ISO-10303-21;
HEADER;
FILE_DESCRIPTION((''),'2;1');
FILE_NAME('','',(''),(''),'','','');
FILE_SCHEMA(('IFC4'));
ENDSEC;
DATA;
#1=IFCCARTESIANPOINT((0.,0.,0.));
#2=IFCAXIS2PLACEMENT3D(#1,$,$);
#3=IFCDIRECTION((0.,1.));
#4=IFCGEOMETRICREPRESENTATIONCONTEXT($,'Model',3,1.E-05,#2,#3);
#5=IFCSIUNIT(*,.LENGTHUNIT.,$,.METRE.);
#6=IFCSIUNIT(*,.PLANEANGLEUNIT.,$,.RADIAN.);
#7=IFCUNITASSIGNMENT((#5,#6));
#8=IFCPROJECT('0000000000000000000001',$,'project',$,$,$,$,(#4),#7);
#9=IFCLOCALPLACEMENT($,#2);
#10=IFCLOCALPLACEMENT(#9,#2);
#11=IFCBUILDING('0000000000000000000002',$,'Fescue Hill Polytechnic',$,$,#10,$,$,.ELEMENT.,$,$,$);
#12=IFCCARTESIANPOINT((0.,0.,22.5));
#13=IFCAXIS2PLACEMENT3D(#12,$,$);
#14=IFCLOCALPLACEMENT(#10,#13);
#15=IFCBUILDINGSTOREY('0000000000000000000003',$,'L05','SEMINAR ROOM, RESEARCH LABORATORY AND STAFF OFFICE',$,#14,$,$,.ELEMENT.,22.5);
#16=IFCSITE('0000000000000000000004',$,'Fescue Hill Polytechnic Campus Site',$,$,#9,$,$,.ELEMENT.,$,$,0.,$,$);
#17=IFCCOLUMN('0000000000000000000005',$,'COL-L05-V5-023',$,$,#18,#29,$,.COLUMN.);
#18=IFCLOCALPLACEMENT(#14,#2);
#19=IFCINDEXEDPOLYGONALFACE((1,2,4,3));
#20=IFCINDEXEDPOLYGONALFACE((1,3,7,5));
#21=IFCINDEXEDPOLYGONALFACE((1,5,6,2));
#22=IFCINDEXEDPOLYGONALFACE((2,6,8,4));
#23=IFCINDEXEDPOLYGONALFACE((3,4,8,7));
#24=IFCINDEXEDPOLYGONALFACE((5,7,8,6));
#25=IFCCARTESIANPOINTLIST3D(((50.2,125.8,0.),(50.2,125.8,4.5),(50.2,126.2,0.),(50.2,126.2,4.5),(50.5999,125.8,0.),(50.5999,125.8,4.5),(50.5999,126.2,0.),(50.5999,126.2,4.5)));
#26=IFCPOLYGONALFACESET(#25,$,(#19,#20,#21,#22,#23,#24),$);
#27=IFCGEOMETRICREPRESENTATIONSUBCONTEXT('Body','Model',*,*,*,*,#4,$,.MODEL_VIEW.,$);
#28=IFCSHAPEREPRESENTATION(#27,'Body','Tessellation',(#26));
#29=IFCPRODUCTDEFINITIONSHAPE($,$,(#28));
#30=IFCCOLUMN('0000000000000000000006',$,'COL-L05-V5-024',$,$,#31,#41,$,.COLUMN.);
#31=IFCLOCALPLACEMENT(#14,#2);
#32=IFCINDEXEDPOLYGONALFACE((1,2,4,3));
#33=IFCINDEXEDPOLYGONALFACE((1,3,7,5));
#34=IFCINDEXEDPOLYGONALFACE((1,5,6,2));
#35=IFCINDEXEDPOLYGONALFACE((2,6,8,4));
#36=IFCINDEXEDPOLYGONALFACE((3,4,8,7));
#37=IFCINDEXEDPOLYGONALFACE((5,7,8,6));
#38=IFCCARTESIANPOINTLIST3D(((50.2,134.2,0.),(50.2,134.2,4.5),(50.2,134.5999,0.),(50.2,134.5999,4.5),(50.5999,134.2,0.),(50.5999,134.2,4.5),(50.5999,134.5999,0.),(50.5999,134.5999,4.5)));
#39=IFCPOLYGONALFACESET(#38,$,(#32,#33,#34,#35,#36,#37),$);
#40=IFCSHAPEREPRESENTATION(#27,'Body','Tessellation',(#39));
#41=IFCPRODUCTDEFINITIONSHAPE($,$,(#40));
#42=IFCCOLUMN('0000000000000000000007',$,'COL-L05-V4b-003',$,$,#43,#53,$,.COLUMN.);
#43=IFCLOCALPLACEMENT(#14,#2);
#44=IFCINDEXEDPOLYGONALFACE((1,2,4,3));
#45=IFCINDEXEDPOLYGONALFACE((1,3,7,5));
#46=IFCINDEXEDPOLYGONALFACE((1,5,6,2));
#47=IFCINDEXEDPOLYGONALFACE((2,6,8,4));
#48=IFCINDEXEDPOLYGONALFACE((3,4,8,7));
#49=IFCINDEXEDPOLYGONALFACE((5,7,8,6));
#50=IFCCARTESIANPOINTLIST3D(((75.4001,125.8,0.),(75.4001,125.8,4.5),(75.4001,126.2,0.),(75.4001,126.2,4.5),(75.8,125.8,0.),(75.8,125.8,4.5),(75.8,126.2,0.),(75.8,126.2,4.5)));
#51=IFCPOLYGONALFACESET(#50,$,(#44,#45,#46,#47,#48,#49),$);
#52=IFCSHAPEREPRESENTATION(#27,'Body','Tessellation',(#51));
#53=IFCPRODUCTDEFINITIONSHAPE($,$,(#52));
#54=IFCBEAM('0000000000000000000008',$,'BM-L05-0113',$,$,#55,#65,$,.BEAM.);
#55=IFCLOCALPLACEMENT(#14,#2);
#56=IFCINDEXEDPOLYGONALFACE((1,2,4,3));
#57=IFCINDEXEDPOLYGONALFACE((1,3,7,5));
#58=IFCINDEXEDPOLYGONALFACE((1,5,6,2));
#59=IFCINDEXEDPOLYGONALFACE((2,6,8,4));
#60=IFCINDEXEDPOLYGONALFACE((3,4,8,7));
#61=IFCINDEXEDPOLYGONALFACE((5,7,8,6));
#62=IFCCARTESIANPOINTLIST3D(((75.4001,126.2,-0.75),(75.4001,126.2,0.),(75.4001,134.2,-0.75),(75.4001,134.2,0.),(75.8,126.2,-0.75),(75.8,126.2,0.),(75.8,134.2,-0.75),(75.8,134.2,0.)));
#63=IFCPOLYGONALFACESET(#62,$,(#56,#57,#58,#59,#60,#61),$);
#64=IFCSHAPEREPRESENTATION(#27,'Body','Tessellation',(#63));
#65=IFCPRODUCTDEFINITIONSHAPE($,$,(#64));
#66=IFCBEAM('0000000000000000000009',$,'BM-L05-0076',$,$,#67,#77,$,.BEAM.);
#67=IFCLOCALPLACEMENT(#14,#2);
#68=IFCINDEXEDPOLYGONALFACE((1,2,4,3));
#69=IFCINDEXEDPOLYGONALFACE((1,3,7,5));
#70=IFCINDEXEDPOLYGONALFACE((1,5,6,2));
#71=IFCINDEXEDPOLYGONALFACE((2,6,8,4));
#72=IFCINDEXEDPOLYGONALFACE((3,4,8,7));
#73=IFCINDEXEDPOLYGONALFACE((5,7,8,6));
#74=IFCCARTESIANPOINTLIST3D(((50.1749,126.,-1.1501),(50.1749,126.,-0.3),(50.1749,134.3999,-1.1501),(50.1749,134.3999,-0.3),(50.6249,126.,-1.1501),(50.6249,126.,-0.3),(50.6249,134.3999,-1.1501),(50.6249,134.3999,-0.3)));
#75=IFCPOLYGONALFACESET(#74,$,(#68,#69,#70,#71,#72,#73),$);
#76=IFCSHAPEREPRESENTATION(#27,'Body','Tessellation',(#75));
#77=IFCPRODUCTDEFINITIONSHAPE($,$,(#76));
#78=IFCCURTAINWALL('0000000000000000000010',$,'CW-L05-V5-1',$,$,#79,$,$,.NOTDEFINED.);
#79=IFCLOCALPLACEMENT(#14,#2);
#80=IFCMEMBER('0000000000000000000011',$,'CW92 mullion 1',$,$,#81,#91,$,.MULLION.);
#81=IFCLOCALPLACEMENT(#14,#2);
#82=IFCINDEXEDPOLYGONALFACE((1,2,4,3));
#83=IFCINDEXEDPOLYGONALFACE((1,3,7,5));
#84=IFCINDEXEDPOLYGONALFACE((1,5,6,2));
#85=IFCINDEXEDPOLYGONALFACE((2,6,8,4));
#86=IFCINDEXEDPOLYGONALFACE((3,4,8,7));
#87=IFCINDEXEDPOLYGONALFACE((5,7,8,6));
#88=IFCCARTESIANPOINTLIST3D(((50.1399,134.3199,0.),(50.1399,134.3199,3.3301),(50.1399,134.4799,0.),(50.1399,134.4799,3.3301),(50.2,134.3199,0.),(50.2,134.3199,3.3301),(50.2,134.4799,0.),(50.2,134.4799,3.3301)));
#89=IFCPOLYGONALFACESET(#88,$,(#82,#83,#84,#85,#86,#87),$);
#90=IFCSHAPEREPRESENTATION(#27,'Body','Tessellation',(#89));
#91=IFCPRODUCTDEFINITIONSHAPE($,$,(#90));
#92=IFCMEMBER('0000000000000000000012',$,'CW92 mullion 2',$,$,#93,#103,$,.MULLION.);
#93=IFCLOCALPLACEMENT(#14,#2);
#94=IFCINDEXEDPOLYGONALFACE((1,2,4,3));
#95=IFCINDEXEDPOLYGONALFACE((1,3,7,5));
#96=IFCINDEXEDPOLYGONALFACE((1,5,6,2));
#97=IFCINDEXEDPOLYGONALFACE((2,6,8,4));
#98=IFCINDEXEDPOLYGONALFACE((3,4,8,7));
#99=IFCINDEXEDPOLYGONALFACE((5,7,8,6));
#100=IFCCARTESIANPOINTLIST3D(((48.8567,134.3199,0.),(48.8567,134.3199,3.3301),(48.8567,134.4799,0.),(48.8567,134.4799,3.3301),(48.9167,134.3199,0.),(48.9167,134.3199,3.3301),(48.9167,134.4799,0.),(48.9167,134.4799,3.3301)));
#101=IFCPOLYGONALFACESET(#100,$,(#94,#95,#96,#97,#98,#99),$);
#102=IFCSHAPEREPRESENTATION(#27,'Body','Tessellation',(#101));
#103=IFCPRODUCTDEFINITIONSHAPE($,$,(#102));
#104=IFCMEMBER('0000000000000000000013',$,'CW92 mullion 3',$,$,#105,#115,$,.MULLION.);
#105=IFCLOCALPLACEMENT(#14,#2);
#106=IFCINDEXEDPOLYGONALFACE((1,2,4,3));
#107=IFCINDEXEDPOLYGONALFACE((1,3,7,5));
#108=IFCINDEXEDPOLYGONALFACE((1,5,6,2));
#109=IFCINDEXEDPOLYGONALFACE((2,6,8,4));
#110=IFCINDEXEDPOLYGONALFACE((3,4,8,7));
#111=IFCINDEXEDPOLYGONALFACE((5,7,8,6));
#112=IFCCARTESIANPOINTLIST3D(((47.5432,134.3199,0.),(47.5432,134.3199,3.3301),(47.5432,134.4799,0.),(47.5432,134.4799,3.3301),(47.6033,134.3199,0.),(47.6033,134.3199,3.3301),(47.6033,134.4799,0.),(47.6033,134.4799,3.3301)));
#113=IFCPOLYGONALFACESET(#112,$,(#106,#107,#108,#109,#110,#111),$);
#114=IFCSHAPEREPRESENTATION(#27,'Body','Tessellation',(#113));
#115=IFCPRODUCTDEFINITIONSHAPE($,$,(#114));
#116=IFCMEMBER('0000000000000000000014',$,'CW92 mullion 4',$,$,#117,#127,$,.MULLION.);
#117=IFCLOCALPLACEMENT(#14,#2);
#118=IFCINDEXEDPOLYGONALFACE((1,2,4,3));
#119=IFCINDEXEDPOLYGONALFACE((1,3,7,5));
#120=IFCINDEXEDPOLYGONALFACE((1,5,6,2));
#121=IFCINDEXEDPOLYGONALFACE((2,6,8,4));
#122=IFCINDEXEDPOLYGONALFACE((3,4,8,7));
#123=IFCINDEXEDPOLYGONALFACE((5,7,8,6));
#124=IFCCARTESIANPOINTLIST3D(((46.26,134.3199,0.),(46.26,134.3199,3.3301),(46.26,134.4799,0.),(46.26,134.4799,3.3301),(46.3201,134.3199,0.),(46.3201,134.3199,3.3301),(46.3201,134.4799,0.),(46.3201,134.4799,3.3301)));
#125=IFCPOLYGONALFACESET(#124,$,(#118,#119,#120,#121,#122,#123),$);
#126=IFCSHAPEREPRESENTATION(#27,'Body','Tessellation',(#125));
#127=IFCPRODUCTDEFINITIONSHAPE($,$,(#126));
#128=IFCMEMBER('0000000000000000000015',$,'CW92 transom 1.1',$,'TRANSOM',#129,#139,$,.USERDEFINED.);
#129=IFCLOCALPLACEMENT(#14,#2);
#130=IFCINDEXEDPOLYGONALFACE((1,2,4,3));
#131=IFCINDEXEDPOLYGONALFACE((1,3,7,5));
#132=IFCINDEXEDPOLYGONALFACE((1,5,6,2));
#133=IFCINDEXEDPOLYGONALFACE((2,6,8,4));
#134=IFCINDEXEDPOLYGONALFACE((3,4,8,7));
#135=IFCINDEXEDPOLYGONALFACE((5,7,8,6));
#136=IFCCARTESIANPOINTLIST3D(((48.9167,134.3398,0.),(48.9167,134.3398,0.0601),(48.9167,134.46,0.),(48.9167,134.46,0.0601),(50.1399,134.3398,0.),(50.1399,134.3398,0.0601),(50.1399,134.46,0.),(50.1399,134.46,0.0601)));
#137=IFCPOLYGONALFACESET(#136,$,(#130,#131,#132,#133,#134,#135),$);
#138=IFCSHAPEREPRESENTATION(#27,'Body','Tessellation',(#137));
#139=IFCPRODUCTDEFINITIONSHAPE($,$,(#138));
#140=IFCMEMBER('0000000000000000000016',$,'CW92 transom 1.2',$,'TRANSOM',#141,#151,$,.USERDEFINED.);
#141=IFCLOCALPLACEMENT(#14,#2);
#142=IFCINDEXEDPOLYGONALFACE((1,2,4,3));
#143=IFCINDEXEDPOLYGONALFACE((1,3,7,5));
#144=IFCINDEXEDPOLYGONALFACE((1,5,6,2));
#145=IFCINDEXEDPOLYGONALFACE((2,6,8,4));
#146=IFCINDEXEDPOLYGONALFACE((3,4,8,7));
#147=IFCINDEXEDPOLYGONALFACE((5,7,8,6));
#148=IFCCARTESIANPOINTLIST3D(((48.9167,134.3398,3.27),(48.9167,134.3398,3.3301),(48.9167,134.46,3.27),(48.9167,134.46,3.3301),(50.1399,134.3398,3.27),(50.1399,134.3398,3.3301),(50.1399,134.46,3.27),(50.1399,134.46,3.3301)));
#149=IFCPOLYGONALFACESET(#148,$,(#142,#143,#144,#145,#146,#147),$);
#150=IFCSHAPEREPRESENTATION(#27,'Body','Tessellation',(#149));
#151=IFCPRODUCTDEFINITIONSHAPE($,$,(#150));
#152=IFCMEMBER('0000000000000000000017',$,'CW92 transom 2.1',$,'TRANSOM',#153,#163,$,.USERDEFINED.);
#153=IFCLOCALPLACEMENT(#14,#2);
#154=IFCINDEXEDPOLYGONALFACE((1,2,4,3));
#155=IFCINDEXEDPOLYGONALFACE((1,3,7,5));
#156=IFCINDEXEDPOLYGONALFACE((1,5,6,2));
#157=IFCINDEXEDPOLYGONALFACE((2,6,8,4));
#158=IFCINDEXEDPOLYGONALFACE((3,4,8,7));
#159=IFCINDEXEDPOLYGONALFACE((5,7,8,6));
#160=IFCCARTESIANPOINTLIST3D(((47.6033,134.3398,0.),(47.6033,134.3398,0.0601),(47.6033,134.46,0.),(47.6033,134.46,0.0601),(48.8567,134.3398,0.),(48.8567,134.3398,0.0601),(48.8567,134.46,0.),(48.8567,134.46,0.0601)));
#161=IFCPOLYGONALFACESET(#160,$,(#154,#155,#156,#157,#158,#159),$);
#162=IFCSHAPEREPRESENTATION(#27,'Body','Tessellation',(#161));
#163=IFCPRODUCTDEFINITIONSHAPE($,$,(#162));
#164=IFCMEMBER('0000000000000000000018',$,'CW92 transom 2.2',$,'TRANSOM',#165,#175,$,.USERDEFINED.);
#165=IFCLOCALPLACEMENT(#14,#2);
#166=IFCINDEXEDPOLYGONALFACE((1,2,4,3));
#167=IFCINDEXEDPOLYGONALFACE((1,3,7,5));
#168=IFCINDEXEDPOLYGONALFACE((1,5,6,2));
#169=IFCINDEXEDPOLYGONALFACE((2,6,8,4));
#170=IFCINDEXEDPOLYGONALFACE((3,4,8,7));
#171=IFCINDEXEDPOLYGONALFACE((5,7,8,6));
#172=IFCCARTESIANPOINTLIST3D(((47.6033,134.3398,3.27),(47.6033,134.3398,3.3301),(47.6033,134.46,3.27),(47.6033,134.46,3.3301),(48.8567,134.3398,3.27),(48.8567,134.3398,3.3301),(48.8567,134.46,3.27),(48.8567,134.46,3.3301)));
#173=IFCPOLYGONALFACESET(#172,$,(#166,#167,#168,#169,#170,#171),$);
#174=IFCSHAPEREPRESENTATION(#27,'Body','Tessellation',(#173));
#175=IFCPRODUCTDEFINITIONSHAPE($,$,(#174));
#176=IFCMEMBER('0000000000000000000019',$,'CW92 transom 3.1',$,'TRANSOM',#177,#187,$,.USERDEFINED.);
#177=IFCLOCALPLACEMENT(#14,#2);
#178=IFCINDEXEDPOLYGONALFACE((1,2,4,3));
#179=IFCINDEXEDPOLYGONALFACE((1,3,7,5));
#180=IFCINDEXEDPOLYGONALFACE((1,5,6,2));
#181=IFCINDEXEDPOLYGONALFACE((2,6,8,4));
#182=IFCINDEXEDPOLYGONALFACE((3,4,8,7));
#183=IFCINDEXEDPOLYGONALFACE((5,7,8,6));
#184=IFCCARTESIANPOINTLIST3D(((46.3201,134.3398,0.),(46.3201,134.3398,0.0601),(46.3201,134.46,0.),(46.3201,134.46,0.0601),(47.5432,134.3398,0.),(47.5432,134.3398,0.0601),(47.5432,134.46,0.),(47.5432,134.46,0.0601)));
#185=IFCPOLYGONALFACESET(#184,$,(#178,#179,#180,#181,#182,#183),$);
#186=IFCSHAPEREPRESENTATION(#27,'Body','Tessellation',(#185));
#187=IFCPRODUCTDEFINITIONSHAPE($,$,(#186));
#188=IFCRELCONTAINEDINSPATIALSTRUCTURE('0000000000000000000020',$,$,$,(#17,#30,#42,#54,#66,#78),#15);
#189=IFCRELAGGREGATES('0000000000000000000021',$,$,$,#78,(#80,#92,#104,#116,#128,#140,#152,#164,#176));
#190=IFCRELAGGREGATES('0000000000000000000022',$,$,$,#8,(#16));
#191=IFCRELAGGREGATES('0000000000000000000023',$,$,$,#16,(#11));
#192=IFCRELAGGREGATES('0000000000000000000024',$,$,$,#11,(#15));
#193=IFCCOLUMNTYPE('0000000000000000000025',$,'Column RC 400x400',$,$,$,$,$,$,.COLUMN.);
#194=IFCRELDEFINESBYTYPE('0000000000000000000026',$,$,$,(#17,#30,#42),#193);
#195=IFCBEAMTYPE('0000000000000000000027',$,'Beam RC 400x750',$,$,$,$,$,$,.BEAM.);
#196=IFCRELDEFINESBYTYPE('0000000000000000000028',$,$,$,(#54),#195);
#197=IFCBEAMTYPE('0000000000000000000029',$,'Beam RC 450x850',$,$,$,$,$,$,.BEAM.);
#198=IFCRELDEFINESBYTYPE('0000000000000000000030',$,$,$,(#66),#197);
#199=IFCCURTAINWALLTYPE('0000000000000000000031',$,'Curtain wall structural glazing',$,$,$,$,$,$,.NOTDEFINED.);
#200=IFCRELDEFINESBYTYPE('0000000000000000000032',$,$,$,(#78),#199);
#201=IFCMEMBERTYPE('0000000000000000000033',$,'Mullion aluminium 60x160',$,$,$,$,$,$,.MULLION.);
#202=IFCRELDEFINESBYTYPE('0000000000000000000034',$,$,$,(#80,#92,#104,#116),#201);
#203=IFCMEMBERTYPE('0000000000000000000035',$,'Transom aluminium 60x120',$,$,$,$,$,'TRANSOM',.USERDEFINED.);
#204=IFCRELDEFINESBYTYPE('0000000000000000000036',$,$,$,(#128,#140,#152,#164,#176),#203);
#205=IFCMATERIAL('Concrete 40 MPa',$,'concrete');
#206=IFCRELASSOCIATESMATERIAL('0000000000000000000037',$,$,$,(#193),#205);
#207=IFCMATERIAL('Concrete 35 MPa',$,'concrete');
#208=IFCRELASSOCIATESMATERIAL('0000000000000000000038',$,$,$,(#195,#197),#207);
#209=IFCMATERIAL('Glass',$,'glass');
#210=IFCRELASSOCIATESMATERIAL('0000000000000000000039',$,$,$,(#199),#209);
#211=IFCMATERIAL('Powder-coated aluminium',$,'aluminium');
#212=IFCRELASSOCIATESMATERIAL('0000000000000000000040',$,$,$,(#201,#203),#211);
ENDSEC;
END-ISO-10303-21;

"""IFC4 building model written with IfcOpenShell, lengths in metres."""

from ifc_helpers import new_model, si_unit, direction, frame, origin, origin_2d, place, context, subcontext, project, spatial, rectangle, extrude, material, material_profile, profile_set, type_object, element, aggregate, save


model = new_model("IFC4")

# Units and contexts
model_context = context("Model", 3, precision=1e-05, world=origin(), true_north=direction((0.0, 1.0)))
body_context = subcontext(model_context, "Body", "Model", "MODEL_VIEW")
ifc_project = project(units=[si_unit("LENGTHUNIT", "METRE"), si_unit("PLANEANGLEUNIT", "RADIAN")], contexts=[model_context])

# Site, building, storey
site_placement = place(None, origin())
site = spatial("IfcSite", under=ifc_project, at=site_placement, Name="Fescue Hill Polytechnic Campus Site", CompositionType="ELEMENT", RefElevation=0.0)
building_placement = place(site_placement, origin())
building = spatial("IfcBuilding", under=site, at=building_placement, Name="Fescue Hill Polytechnic", CompositionType="ELEMENT")
storey_placement = place(building_placement, frame((0.0, 0.0, 22.5)))
storey = spatial("IfcBuildingStorey", under=building, at=storey_placement, Name="L05", Description="SEMINAR ROOM, RESEARCH LABORATORY AND STAFF OFFICE", CompositionType="ELEMENT", Elevation=22.5)

# Columns
ifc_material_1 = material(Name="Concrete 40 MPa", Category="concrete")
ifc_material_profile_1 = material_profile(ifc_material_1, rectangle(XDim=0.3999, YDim=0.3999, at=origin_2d()), Name="RC 400x400")
ifc_profile_set_1 = profile_set([ifc_material_profile_1], Name="Concrete 40 MPa")
column_type = type_object("IfcColumnType", Name="Column RC 400x400", PredefinedType="COLUMN", material=ifc_profile_set_1)
for number, where, z_axis, x_axis, name in (
    (1, (50.3999, 126.0, 0.0), (0.0, 0.0, 1.0), (1.0, 0.0, 0.0), "COL-L05-V5-023"),
    (2, (50.3999, 134.3999, 0.0), (0.0, 0.0, 1.0), (1.0, 0.0, 0.0), "COL-L05-V5-024"),
    (3, (75.6001, 126.0, 0.0), (0.0, 0.0, 1.0), (1.0, 0.0, 0.0), "COL-L05-V4b-003"),
):
    element("IfcColumn", number, at=place(storey_placement, frame(where, z_axis=z_axis, x_axis=x_axis)), inside=storey, type_object=column_type, Name=name, PredefinedType="COLUMN", context=body_context, shape_type="SweptSolid", body=[
        extrude(rectangle(XDim=0.3999, YDim=0.3999, at=origin_2d()), origin(), (0.0, 0.0, 1.0), 4.5),
    ])

# Beams
ifc_material_2 = material(Name="Concrete 35 MPa", Category="concrete")
ifc_material_profile_2 = material_profile(ifc_material_2, rectangle(XDim=0.3999, YDim=0.75, at=origin_2d()), Name="RC 400x750")
ifc_profile_set_2 = profile_set([ifc_material_profile_2], Name="Concrete 35 MPa")
beam_type_1 = type_object("IfcBeamType", Name="Beam RC 400x750", PredefinedType="BEAM", material=ifc_profile_set_2)
beam_1_placement = place(storey_placement, frame((75.6001, 126.2, -0.375), z_axis=(0.0, 1.0, 0.0), x_axis=(-1.0, 0.0, 0.0)))
element("IfcBeam", 4, at=beam_1_placement, inside=storey, type_object=beam_type_1, Name="BM-L05-0113", PredefinedType="BEAM", context=body_context, shape_type="SweptSolid", body=[
    extrude(rectangle(XDim=0.3999, YDim=0.75, at=origin_2d()), origin(), (0.0, 0.0, 1.0), 8.0),
])
ifc_material_profile_3 = material_profile(ifc_material_2, rectangle(XDim=0.45, YDim=0.8501, at=origin_2d()), Name="RC 450x850")
ifc_profile_set_3 = profile_set([ifc_material_profile_3], Name="Concrete 35 MPa")
beam_type_2 = type_object("IfcBeamType", Name="Beam RC 450x850", PredefinedType="BEAM", material=ifc_profile_set_3)
beam_2_placement = place(storey_placement, frame((50.3999, 126.0, -0.7251), z_axis=(0.0, 1.0, 0.0), x_axis=(-1.0, 0.0, 0.0)))
element("IfcBeam", 5, at=beam_2_placement, inside=storey, type_object=beam_type_2, Name="BM-L05-0076", PredefinedType="BEAM", context=body_context, shape_type="SweptSolid", body=[
    extrude(rectangle(XDim=0.45, YDim=0.8501, at=origin_2d()), origin(), (0.0, 0.0, 1.0), 8.3999),
])

# Curtain wall, members
ifc_material_3 = material(Name="Glass", Category="glass")
curtain_wall_type = type_object("IfcCurtainWallType", Name="Curtain wall structural glazing", PredefinedType="NOTDEFINED", material=ifc_material_3)
curtain_wall_placement = place(storey_placement, origin())
curtain_wall = element("IfcCurtainWall", 6, at=curtain_wall_placement, inside=storey, type_object=curtain_wall_type, Name="CW-L05-V5-1", PredefinedType="NOTDEFINED")
ifc_material_4 = material(Name="Powder-coated aluminium", Category="aluminium")
ifc_material_profile_4 = material_profile(ifc_material_4, rectangle(XDim=0.1599, YDim=0.0601, at=origin_2d()), Name="Mullion aluminium 60x160")
ifc_profile_set_4 = profile_set([ifc_material_profile_4], Name="Powder-coated aluminium")
member_type_1 = type_object("IfcMemberType", Name="Mullion aluminium 60x160", PredefinedType="MULLION", material=ifc_profile_set_4)
member_1_placement = place(storey_placement, frame((50.1699, 134.3999, 0.0), z_axis=(0.0, 0.0, 1.0), x_axis=(0.0, -1.0, 0.0)))
member_1 = element("IfcMember", 7, at=member_1_placement, type_object=member_type_1, Name="CW92 mullion 1", PredefinedType="MULLION", context=body_context, shape_type="SweptSolid", body=[
    extrude(rectangle(XDim=0.1599, YDim=0.0601, at=origin_2d()), origin(), (0.0, 0.0, 1.0), 3.3301),
])
member_2_placement = place(storey_placement, frame((48.8867, 134.3999, 0.0), z_axis=(0.0, 0.0, 1.0), x_axis=(0.0, -1.0, 0.0)))
member_2 = element("IfcMember", 8, at=member_2_placement, type_object=member_type_1, Name="CW92 mullion 2", PredefinedType="MULLION", context=body_context, shape_type="SweptSolid", body=[
    extrude(rectangle(XDim=0.1599, YDim=0.0601, at=origin_2d()), origin(), (0.0, 0.0, 1.0), 3.3301),
])
member_3_placement = place(storey_placement, frame((47.5732, 134.3999, 0.0), z_axis=(0.0, 0.0, 1.0), x_axis=(0.0, -1.0, 0.0)))
member_3 = element("IfcMember", 9, at=member_3_placement, type_object=member_type_1, Name="CW92 mullion 3", PredefinedType="MULLION", context=body_context, shape_type="SweptSolid", body=[
    extrude(rectangle(XDim=0.1599, YDim=0.0601, at=origin_2d()), origin(), (0.0, 0.0, 1.0), 3.3301),
])
member_4_placement = place(storey_placement, frame((46.29, 134.3999, 0.0), z_axis=(0.0, 0.0, 1.0), x_axis=(0.0, -1.0, 0.0)))
member_4 = element("IfcMember", 10, at=member_4_placement, type_object=member_type_1, Name="CW92 mullion 4", PredefinedType="MULLION", context=body_context, shape_type="SweptSolid", body=[
    extrude(rectangle(XDim=0.1599, YDim=0.0601, at=origin_2d()), origin(), (0.0, 0.0, 1.0), 3.3301),
])
ifc_material_profile_5 = material_profile(ifc_material_4, rectangle(XDim=0.1201, YDim=0.0601, at=origin_2d()), Name="Transom aluminium 60x120")
ifc_profile_set_5 = profile_set([ifc_material_profile_5], Name="Powder-coated aluminium")
member_type_2 = type_object("IfcMemberType", Name="Transom aluminium 60x120", ElementType="TRANSOM", PredefinedType="USERDEFINED", material=ifc_profile_set_5)
member_5_placement = place(storey_placement, frame((50.1399, 134.3999, 0.03), z_axis=(-1.0, 0.0, 0.0), x_axis=(0.0, -1.0, 0.0)))
member_5 = element("IfcMember", 11, at=member_5_placement, type_object=member_type_2, Name="CW92 transom 1.1", ObjectType="TRANSOM", PredefinedType="USERDEFINED", context=body_context, shape_type="SweptSolid", body=[
    extrude(rectangle(XDim=0.1201, YDim=0.0601, at=origin_2d()), origin(), (0.0, 0.0, 1.0), 1.2231),
])
member_6_placement = place(storey_placement, frame((50.1399, 134.3999, 3.3), z_axis=(-1.0, 0.0, 0.0), x_axis=(0.0, -1.0, 0.0)))
member_6 = element("IfcMember", 12, at=member_6_placement, type_object=member_type_2, Name="CW92 transom 1.2", ObjectType="TRANSOM", PredefinedType="USERDEFINED", context=body_context, shape_type="SweptSolid", body=[
    extrude(rectangle(XDim=0.1201, YDim=0.0601, at=origin_2d()), origin(), (0.0, 0.0, 1.0), 1.2231),
])
member_7_placement = place(storey_placement, frame((48.8567, 134.3999, 0.03), z_axis=(-1.0, 0.0, 0.0), x_axis=(0.0, -1.0, 0.0)))
member_7 = element("IfcMember", 13, at=member_7_placement, type_object=member_type_2, Name="CW92 transom 2.1", ObjectType="TRANSOM", PredefinedType="USERDEFINED", context=body_context, shape_type="SweptSolid", body=[
    extrude(rectangle(XDim=0.1201, YDim=0.0601, at=origin_2d()), origin(), (0.0, 0.0, 1.0), 1.2534),
])
member_8_placement = place(storey_placement, frame((48.8567, 134.3999, 3.3), z_axis=(-1.0, 0.0, 0.0), x_axis=(0.0, -1.0, 0.0)))
member_8 = element("IfcMember", 14, at=member_8_placement, type_object=member_type_2, Name="CW92 transom 2.2", ObjectType="TRANSOM", PredefinedType="USERDEFINED", context=body_context, shape_type="SweptSolid", body=[
    extrude(rectangle(XDim=0.1201, YDim=0.0601, at=origin_2d()), origin(), (0.0, 0.0, 1.0), 1.2534),
])
member_9_placement = place(storey_placement, frame((47.5432, 134.3999, 0.03), z_axis=(-1.0, 0.0, 0.0), x_axis=(0.0, -1.0, 0.0)))
member_9 = element("IfcMember", 15, at=member_9_placement, type_object=member_type_2, Name="CW92 transom 3.1", ObjectType="TRANSOM", PredefinedType="USERDEFINED", context=body_context, shape_type="SweptSolid", body=[
    extrude(rectangle(XDim=0.1201, YDim=0.0601, at=origin_2d()), origin(), (0.0, 0.0, 1.0), 1.2231),
])
aggregate(curtain_wall, [member_1, member_2, member_3, member_4, member_5, member_6, member_7, member_8, member_9])

save(model, "model.ifc")
